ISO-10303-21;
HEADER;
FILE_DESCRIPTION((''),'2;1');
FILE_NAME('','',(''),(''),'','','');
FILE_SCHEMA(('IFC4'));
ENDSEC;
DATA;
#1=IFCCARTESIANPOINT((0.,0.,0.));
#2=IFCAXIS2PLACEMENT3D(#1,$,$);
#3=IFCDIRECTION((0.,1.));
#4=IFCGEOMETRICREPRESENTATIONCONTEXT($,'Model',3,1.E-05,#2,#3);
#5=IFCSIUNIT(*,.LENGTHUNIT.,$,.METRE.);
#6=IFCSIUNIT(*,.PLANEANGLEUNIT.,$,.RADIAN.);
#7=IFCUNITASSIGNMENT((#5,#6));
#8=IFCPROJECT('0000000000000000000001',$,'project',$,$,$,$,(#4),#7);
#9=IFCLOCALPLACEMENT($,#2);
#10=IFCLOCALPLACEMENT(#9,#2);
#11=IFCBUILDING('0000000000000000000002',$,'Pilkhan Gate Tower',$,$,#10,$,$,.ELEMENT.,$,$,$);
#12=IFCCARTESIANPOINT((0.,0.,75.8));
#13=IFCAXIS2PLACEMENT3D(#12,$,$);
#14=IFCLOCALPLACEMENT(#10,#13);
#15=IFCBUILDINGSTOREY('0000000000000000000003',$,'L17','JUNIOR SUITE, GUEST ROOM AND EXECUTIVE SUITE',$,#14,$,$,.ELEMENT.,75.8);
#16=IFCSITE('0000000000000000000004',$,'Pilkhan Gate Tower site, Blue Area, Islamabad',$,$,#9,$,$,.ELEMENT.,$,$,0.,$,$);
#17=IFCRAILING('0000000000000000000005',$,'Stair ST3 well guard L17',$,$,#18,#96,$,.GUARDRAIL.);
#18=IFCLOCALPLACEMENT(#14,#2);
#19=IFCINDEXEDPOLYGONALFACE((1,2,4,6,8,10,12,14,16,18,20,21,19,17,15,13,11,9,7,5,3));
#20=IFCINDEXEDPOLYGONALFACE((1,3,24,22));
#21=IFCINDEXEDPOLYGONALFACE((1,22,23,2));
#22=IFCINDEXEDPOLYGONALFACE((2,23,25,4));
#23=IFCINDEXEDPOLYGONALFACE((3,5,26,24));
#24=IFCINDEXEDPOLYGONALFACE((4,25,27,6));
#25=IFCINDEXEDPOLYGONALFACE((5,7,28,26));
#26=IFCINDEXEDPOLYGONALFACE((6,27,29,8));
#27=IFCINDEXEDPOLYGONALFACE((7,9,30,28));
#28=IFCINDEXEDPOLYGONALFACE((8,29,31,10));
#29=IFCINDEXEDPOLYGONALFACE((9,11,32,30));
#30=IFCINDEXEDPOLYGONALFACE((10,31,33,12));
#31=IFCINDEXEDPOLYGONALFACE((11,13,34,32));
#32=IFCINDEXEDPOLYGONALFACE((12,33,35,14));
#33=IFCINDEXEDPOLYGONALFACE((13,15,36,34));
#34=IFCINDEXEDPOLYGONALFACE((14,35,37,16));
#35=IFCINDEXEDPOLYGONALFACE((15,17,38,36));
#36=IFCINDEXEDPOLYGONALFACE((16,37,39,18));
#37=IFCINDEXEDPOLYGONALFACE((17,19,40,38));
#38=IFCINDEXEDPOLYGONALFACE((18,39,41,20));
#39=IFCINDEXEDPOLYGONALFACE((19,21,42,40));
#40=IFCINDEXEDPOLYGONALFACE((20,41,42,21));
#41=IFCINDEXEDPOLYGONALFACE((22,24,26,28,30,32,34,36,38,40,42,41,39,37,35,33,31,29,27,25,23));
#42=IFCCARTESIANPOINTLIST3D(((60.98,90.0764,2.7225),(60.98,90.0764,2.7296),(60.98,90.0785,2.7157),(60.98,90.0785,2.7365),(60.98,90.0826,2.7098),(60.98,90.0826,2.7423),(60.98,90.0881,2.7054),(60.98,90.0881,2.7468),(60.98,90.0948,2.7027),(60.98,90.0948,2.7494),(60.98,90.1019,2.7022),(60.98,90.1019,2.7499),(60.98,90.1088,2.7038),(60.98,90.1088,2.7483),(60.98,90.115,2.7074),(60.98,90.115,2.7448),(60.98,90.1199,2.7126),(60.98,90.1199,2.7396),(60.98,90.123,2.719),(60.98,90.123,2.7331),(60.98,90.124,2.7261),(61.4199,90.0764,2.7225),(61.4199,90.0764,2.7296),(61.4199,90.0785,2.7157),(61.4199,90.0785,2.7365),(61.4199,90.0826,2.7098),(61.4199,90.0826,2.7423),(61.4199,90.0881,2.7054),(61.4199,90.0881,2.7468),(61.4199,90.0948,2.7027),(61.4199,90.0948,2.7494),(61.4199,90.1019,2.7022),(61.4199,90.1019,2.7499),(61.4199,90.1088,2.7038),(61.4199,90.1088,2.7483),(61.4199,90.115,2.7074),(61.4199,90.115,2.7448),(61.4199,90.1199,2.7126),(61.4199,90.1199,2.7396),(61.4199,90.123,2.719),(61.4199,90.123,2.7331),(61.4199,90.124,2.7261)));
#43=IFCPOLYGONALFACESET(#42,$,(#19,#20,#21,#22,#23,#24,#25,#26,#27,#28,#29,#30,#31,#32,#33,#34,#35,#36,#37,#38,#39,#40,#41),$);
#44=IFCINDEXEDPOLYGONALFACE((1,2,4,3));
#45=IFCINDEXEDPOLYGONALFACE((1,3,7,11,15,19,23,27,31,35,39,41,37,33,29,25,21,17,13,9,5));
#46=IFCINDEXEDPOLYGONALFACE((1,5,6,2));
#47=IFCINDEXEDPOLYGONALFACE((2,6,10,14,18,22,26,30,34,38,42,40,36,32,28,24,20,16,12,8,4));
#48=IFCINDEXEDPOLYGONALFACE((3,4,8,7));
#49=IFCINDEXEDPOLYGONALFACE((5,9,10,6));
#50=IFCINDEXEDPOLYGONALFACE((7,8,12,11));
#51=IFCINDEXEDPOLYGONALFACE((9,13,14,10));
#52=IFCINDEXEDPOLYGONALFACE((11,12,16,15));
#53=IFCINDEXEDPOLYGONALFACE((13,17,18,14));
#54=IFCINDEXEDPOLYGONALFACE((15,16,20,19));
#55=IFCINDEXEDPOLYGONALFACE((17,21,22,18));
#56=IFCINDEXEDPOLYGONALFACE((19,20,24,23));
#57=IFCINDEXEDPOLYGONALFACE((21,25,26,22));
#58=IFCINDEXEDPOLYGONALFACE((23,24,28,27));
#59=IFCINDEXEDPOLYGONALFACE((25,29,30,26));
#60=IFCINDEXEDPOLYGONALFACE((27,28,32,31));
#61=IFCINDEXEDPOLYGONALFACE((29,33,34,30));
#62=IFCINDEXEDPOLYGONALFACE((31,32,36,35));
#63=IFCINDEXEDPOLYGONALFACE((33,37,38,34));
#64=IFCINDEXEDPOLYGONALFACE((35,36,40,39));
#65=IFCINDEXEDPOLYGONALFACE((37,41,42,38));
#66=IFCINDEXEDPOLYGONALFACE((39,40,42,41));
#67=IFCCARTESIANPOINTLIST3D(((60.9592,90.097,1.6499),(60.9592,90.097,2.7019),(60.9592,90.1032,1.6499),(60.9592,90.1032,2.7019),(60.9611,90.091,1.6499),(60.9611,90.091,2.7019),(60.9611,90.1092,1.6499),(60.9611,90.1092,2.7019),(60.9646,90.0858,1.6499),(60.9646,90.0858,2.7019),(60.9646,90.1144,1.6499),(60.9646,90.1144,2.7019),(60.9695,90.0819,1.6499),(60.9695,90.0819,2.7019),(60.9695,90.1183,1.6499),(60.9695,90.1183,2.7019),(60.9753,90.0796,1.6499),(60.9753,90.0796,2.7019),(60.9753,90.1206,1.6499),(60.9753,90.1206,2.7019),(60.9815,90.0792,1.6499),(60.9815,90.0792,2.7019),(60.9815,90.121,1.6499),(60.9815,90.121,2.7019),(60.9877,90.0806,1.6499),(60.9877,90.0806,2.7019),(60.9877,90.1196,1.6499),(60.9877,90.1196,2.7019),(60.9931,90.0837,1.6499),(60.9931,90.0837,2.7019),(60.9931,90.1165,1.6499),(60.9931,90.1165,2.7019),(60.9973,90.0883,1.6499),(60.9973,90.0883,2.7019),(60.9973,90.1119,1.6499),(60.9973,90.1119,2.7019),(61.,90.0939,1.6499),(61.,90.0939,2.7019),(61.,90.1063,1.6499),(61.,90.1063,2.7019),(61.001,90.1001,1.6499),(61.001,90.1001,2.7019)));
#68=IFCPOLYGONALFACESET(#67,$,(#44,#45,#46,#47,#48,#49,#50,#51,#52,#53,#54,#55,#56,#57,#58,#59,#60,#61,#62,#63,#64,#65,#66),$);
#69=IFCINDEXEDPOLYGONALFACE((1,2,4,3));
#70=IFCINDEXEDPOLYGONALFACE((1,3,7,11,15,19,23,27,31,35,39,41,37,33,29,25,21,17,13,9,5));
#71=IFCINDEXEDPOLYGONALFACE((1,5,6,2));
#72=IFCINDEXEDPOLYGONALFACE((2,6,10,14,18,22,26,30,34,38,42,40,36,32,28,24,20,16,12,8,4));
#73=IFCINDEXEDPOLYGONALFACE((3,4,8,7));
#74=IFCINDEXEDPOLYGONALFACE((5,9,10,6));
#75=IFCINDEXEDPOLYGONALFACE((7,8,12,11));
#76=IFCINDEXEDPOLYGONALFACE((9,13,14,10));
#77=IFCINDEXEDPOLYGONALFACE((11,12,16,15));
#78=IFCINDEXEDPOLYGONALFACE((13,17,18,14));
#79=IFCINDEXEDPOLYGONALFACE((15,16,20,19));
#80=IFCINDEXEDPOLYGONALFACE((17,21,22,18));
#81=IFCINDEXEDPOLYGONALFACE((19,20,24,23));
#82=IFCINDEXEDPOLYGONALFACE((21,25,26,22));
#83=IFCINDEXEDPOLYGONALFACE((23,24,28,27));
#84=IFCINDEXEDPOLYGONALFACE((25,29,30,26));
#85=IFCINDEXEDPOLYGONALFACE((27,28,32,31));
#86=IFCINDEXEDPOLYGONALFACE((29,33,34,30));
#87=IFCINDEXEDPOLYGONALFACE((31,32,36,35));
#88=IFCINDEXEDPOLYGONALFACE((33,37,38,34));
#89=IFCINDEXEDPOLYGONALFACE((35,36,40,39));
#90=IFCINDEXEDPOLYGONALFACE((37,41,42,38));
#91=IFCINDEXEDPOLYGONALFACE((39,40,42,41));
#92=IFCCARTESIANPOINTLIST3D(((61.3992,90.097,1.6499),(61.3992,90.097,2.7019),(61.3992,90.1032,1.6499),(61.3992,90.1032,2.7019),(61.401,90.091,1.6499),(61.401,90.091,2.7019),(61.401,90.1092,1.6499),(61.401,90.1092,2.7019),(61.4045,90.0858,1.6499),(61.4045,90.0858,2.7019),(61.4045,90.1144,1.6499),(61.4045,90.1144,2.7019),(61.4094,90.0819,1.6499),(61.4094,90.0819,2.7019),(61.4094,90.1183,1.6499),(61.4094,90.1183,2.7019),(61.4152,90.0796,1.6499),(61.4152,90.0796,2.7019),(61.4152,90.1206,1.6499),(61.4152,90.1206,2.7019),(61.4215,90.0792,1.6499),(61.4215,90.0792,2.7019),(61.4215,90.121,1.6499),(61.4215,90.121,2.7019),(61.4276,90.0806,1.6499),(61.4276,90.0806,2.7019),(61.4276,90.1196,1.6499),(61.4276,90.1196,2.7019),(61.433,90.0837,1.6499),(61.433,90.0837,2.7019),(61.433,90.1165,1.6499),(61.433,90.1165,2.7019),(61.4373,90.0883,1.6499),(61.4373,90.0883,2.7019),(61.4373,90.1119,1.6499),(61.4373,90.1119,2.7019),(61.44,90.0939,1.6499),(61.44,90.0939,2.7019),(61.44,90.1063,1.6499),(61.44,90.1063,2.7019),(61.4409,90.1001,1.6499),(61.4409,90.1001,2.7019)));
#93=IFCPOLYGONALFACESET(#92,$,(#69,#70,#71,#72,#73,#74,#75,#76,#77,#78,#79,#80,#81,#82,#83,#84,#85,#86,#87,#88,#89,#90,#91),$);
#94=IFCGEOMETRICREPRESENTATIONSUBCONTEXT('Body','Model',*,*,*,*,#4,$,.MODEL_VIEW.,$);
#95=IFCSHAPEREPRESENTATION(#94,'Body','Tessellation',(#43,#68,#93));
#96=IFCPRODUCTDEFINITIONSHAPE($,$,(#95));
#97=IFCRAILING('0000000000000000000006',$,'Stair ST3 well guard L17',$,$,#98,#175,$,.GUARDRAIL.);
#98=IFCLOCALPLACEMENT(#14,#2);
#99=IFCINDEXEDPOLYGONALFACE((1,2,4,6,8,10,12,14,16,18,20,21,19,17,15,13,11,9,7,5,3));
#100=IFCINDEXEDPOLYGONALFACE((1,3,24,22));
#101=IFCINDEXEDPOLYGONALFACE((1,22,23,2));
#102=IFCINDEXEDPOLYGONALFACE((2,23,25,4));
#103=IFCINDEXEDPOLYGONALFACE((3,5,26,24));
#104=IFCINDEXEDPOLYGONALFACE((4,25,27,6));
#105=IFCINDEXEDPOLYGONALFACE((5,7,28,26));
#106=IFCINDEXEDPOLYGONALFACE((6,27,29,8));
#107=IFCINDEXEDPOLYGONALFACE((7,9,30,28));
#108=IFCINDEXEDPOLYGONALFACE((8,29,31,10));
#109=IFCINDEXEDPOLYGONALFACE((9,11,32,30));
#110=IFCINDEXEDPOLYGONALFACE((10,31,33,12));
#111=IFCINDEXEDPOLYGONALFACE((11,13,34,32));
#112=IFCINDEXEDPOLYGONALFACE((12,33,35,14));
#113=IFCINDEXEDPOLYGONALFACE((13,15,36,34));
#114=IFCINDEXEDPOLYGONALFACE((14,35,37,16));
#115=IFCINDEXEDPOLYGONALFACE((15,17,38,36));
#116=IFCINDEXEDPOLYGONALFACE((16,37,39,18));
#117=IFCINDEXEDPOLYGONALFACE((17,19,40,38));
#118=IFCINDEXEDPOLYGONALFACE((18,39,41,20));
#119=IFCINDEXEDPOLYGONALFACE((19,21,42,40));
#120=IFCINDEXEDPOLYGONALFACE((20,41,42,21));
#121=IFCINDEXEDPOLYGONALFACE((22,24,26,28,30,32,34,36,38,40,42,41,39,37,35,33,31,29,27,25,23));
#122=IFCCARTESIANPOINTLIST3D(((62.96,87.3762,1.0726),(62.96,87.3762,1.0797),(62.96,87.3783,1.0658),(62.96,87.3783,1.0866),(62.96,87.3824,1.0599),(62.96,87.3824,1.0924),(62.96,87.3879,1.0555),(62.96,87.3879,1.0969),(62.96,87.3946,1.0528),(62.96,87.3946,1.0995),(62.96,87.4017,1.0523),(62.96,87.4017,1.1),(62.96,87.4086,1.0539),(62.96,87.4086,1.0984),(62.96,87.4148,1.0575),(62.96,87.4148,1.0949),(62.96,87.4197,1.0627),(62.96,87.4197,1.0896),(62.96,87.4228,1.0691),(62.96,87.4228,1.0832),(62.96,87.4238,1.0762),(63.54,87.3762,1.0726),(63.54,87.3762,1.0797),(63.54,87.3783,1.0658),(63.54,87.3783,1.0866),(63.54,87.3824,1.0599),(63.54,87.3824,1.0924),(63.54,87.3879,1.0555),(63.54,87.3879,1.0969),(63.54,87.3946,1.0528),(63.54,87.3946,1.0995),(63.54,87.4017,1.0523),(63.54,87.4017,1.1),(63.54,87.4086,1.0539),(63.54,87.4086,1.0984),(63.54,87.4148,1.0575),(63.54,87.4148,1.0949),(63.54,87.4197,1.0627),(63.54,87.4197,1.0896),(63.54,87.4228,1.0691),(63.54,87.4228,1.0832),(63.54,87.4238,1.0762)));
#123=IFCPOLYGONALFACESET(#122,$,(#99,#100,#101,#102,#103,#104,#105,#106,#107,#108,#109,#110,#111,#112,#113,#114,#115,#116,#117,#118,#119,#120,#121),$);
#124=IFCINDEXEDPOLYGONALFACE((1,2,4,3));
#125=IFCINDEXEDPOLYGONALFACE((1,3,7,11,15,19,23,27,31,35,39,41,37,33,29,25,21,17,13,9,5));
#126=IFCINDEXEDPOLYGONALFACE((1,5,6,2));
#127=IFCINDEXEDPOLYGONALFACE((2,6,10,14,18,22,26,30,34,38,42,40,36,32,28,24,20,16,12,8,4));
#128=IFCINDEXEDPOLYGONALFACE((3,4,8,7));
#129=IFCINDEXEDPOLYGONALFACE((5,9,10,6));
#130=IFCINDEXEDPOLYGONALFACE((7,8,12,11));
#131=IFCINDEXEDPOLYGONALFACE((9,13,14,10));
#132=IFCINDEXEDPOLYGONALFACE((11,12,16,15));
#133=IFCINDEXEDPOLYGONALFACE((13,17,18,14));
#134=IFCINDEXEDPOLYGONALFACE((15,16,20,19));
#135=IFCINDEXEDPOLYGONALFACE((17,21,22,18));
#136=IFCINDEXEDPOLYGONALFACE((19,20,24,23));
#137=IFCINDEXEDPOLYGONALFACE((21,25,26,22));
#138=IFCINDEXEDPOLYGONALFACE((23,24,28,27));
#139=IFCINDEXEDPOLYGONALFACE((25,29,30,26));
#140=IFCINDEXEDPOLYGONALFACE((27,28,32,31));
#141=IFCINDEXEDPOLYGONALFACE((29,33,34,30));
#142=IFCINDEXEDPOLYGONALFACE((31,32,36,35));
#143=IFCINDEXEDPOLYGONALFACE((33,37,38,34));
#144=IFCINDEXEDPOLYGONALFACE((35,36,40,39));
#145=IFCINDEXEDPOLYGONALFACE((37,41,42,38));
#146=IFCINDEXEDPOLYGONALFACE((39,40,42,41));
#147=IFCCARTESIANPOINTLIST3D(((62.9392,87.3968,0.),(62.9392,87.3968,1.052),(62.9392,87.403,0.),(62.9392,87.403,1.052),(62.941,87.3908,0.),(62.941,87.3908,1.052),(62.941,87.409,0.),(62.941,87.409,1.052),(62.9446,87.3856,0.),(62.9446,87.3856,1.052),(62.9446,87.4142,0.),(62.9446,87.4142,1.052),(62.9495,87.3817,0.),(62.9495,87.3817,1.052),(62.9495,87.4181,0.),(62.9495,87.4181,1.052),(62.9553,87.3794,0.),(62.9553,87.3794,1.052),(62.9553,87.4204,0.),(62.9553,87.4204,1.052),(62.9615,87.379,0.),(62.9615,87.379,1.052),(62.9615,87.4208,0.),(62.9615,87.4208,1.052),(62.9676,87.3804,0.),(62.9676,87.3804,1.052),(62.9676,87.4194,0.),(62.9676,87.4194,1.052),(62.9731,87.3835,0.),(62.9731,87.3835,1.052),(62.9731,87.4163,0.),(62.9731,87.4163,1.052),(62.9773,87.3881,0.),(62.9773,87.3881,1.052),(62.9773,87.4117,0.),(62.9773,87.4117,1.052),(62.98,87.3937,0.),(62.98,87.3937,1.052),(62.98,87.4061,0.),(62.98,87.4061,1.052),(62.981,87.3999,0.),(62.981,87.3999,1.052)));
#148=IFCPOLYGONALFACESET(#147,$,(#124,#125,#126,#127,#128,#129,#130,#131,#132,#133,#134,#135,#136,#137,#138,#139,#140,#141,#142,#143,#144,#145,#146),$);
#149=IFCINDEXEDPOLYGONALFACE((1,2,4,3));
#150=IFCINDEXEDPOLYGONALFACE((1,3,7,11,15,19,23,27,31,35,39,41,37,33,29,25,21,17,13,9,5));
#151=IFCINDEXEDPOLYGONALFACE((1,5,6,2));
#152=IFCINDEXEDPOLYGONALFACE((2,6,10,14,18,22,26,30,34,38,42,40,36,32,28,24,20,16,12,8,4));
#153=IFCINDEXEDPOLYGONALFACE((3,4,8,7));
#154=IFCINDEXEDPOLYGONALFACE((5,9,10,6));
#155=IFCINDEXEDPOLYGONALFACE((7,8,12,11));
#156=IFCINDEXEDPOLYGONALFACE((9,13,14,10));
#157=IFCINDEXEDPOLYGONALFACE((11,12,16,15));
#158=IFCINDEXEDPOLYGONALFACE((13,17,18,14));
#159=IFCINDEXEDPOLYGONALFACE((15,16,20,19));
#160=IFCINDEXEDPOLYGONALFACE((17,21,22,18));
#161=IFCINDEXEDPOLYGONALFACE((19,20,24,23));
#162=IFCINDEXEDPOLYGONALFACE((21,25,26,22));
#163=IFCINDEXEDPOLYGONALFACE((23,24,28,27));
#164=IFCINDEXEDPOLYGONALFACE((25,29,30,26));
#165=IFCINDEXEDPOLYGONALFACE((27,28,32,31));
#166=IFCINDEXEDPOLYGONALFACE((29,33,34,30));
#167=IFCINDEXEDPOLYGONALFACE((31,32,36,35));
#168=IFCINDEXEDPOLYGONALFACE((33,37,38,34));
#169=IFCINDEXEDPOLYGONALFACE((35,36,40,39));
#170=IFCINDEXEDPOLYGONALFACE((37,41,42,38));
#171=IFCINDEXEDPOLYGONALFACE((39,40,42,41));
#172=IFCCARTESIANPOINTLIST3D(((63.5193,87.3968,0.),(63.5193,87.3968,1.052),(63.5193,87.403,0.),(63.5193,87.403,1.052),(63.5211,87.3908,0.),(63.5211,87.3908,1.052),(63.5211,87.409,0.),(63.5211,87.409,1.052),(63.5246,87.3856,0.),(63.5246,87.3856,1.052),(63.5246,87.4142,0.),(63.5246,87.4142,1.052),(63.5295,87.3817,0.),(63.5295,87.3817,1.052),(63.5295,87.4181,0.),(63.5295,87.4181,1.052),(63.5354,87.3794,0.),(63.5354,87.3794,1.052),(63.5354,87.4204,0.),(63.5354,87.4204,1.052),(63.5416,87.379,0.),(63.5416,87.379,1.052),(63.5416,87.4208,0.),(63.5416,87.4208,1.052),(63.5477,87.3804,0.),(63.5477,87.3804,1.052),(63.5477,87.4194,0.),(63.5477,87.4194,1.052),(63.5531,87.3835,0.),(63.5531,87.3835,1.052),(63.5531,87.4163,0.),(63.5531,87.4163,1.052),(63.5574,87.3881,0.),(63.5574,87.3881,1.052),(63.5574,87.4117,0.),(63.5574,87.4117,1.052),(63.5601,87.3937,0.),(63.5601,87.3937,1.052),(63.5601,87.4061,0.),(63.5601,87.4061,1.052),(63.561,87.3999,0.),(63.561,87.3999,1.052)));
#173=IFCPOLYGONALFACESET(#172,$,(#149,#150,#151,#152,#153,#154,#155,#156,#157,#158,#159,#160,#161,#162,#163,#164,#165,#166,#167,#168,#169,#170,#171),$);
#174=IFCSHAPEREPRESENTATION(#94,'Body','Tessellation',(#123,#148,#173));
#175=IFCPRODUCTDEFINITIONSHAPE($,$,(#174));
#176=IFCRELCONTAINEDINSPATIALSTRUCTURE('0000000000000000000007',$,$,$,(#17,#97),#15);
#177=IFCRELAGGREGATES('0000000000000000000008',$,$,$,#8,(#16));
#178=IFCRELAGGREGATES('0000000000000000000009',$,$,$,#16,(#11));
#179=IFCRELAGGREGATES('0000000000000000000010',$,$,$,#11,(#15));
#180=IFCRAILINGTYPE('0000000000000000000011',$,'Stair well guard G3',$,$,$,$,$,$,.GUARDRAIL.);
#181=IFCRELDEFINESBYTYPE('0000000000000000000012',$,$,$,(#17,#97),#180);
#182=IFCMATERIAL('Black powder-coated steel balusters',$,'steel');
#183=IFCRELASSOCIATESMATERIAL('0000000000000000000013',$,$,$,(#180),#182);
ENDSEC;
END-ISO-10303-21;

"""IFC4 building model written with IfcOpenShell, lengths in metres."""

from ifc_helpers import new_model, si_unit, direction, frame, origin, origin_2d, place, context, subcontext, project, spatial, circle, extrude, material, type_object, element, save


model = new_model("IFC4")

# Units and contexts
model_context = context("Model", 3, precision=1e-05, world=origin(), true_north=direction((0.0, 1.0)))
body_context = subcontext(model_context, "Body", "Model", "MODEL_VIEW")
ifc_project = project(units=[si_unit("LENGTHUNIT", "METRE"), si_unit("PLANEANGLEUNIT", "RADIAN")], contexts=[model_context])

# Site, building, storey
site_placement = place(None, origin())
site = spatial("IfcSite", under=ifc_project, at=site_placement, Name="Pilkhan Gate Tower site, Blue Area, Islamabad", CompositionType="ELEMENT", RefElevation=0.0)
building_placement = place(site_placement, origin())
building = spatial("IfcBuilding", under=site, at=building_placement, Name="Pilkhan Gate Tower", CompositionType="ELEMENT")
storey_placement = place(building_placement, frame((0.0, 0.0, 75.8)))
storey = spatial("IfcBuildingStorey", under=building, at=storey_placement, Name="L17", Description="JUNIOR SUITE, GUEST ROOM AND EXECUTIVE SUITE", CompositionType="ELEMENT", Elevation=75.8)

# Railings
ifc_material_1 = material(Name="Black powder-coated steel balusters", Category="steel")
railing_type_1 = type_object("IfcRailingType", Name="Stair well guard G3", PredefinedType="GUARDRAIL", material=ifc_material_1)
railing_1_placement = place(storey_placement, frame((60.98, 90.1001, 1.6499)))
element("IfcRailing", 1, at=railing_1_placement, inside=storey, type_object=railing_type_1, Name="Stair ST3 well guard L17", PredefinedType="GUARDRAIL", context=body_context, shape_type="SweptSolid", body=[
    extrude(circle(Radius=0.0239, at=origin_2d()), frame((0.0, 0.0, 1.0762), z_axis=(1.0, 0.0, 0.0), x_axis=(0.0, 1.0, 0.0)), (0.0, 0.0, 1.0), 0.4399),
    extrude(circle(Radius=0.021, at=origin_2d()), origin(), (0.0, 0.0, 1.0), 1.052),
    extrude(circle(Radius=0.021, at=origin_2d()), frame((0.4399, 0.0, 0.0)), (0.0, 0.0, 1.0), 1.052),
])
for number, where, name in (
    (2, (62.96, 87.3999, 0.0), "Stair ST3 well guard L17"),
):
    element("IfcRailing", number, at=place(storey_placement, frame(where)), inside=storey, type_object=railing_type_1, Name=name, PredefinedType="GUARDRAIL", context=body_context, shape_type="SweptSolid", body=[
        extrude(circle(Radius=0.0239, at=origin_2d()), frame((0.0, 0.0, 1.0762), z_axis=(1.0, 0.0, 0.0), x_axis=(0.0, 1.0, 0.0)), (0.0, 0.0, 1.0), 0.5801),
        extrude(circle(Radius=0.021, at=origin_2d()), origin(), (0.0, 0.0, 1.0), 1.052),
        extrude(circle(Radius=0.021, at=origin_2d()), frame((0.5801, 0.0, 0.0)), (0.0, 0.0, 1.0), 1.052),
    ])

save(model, "model.ifc")
